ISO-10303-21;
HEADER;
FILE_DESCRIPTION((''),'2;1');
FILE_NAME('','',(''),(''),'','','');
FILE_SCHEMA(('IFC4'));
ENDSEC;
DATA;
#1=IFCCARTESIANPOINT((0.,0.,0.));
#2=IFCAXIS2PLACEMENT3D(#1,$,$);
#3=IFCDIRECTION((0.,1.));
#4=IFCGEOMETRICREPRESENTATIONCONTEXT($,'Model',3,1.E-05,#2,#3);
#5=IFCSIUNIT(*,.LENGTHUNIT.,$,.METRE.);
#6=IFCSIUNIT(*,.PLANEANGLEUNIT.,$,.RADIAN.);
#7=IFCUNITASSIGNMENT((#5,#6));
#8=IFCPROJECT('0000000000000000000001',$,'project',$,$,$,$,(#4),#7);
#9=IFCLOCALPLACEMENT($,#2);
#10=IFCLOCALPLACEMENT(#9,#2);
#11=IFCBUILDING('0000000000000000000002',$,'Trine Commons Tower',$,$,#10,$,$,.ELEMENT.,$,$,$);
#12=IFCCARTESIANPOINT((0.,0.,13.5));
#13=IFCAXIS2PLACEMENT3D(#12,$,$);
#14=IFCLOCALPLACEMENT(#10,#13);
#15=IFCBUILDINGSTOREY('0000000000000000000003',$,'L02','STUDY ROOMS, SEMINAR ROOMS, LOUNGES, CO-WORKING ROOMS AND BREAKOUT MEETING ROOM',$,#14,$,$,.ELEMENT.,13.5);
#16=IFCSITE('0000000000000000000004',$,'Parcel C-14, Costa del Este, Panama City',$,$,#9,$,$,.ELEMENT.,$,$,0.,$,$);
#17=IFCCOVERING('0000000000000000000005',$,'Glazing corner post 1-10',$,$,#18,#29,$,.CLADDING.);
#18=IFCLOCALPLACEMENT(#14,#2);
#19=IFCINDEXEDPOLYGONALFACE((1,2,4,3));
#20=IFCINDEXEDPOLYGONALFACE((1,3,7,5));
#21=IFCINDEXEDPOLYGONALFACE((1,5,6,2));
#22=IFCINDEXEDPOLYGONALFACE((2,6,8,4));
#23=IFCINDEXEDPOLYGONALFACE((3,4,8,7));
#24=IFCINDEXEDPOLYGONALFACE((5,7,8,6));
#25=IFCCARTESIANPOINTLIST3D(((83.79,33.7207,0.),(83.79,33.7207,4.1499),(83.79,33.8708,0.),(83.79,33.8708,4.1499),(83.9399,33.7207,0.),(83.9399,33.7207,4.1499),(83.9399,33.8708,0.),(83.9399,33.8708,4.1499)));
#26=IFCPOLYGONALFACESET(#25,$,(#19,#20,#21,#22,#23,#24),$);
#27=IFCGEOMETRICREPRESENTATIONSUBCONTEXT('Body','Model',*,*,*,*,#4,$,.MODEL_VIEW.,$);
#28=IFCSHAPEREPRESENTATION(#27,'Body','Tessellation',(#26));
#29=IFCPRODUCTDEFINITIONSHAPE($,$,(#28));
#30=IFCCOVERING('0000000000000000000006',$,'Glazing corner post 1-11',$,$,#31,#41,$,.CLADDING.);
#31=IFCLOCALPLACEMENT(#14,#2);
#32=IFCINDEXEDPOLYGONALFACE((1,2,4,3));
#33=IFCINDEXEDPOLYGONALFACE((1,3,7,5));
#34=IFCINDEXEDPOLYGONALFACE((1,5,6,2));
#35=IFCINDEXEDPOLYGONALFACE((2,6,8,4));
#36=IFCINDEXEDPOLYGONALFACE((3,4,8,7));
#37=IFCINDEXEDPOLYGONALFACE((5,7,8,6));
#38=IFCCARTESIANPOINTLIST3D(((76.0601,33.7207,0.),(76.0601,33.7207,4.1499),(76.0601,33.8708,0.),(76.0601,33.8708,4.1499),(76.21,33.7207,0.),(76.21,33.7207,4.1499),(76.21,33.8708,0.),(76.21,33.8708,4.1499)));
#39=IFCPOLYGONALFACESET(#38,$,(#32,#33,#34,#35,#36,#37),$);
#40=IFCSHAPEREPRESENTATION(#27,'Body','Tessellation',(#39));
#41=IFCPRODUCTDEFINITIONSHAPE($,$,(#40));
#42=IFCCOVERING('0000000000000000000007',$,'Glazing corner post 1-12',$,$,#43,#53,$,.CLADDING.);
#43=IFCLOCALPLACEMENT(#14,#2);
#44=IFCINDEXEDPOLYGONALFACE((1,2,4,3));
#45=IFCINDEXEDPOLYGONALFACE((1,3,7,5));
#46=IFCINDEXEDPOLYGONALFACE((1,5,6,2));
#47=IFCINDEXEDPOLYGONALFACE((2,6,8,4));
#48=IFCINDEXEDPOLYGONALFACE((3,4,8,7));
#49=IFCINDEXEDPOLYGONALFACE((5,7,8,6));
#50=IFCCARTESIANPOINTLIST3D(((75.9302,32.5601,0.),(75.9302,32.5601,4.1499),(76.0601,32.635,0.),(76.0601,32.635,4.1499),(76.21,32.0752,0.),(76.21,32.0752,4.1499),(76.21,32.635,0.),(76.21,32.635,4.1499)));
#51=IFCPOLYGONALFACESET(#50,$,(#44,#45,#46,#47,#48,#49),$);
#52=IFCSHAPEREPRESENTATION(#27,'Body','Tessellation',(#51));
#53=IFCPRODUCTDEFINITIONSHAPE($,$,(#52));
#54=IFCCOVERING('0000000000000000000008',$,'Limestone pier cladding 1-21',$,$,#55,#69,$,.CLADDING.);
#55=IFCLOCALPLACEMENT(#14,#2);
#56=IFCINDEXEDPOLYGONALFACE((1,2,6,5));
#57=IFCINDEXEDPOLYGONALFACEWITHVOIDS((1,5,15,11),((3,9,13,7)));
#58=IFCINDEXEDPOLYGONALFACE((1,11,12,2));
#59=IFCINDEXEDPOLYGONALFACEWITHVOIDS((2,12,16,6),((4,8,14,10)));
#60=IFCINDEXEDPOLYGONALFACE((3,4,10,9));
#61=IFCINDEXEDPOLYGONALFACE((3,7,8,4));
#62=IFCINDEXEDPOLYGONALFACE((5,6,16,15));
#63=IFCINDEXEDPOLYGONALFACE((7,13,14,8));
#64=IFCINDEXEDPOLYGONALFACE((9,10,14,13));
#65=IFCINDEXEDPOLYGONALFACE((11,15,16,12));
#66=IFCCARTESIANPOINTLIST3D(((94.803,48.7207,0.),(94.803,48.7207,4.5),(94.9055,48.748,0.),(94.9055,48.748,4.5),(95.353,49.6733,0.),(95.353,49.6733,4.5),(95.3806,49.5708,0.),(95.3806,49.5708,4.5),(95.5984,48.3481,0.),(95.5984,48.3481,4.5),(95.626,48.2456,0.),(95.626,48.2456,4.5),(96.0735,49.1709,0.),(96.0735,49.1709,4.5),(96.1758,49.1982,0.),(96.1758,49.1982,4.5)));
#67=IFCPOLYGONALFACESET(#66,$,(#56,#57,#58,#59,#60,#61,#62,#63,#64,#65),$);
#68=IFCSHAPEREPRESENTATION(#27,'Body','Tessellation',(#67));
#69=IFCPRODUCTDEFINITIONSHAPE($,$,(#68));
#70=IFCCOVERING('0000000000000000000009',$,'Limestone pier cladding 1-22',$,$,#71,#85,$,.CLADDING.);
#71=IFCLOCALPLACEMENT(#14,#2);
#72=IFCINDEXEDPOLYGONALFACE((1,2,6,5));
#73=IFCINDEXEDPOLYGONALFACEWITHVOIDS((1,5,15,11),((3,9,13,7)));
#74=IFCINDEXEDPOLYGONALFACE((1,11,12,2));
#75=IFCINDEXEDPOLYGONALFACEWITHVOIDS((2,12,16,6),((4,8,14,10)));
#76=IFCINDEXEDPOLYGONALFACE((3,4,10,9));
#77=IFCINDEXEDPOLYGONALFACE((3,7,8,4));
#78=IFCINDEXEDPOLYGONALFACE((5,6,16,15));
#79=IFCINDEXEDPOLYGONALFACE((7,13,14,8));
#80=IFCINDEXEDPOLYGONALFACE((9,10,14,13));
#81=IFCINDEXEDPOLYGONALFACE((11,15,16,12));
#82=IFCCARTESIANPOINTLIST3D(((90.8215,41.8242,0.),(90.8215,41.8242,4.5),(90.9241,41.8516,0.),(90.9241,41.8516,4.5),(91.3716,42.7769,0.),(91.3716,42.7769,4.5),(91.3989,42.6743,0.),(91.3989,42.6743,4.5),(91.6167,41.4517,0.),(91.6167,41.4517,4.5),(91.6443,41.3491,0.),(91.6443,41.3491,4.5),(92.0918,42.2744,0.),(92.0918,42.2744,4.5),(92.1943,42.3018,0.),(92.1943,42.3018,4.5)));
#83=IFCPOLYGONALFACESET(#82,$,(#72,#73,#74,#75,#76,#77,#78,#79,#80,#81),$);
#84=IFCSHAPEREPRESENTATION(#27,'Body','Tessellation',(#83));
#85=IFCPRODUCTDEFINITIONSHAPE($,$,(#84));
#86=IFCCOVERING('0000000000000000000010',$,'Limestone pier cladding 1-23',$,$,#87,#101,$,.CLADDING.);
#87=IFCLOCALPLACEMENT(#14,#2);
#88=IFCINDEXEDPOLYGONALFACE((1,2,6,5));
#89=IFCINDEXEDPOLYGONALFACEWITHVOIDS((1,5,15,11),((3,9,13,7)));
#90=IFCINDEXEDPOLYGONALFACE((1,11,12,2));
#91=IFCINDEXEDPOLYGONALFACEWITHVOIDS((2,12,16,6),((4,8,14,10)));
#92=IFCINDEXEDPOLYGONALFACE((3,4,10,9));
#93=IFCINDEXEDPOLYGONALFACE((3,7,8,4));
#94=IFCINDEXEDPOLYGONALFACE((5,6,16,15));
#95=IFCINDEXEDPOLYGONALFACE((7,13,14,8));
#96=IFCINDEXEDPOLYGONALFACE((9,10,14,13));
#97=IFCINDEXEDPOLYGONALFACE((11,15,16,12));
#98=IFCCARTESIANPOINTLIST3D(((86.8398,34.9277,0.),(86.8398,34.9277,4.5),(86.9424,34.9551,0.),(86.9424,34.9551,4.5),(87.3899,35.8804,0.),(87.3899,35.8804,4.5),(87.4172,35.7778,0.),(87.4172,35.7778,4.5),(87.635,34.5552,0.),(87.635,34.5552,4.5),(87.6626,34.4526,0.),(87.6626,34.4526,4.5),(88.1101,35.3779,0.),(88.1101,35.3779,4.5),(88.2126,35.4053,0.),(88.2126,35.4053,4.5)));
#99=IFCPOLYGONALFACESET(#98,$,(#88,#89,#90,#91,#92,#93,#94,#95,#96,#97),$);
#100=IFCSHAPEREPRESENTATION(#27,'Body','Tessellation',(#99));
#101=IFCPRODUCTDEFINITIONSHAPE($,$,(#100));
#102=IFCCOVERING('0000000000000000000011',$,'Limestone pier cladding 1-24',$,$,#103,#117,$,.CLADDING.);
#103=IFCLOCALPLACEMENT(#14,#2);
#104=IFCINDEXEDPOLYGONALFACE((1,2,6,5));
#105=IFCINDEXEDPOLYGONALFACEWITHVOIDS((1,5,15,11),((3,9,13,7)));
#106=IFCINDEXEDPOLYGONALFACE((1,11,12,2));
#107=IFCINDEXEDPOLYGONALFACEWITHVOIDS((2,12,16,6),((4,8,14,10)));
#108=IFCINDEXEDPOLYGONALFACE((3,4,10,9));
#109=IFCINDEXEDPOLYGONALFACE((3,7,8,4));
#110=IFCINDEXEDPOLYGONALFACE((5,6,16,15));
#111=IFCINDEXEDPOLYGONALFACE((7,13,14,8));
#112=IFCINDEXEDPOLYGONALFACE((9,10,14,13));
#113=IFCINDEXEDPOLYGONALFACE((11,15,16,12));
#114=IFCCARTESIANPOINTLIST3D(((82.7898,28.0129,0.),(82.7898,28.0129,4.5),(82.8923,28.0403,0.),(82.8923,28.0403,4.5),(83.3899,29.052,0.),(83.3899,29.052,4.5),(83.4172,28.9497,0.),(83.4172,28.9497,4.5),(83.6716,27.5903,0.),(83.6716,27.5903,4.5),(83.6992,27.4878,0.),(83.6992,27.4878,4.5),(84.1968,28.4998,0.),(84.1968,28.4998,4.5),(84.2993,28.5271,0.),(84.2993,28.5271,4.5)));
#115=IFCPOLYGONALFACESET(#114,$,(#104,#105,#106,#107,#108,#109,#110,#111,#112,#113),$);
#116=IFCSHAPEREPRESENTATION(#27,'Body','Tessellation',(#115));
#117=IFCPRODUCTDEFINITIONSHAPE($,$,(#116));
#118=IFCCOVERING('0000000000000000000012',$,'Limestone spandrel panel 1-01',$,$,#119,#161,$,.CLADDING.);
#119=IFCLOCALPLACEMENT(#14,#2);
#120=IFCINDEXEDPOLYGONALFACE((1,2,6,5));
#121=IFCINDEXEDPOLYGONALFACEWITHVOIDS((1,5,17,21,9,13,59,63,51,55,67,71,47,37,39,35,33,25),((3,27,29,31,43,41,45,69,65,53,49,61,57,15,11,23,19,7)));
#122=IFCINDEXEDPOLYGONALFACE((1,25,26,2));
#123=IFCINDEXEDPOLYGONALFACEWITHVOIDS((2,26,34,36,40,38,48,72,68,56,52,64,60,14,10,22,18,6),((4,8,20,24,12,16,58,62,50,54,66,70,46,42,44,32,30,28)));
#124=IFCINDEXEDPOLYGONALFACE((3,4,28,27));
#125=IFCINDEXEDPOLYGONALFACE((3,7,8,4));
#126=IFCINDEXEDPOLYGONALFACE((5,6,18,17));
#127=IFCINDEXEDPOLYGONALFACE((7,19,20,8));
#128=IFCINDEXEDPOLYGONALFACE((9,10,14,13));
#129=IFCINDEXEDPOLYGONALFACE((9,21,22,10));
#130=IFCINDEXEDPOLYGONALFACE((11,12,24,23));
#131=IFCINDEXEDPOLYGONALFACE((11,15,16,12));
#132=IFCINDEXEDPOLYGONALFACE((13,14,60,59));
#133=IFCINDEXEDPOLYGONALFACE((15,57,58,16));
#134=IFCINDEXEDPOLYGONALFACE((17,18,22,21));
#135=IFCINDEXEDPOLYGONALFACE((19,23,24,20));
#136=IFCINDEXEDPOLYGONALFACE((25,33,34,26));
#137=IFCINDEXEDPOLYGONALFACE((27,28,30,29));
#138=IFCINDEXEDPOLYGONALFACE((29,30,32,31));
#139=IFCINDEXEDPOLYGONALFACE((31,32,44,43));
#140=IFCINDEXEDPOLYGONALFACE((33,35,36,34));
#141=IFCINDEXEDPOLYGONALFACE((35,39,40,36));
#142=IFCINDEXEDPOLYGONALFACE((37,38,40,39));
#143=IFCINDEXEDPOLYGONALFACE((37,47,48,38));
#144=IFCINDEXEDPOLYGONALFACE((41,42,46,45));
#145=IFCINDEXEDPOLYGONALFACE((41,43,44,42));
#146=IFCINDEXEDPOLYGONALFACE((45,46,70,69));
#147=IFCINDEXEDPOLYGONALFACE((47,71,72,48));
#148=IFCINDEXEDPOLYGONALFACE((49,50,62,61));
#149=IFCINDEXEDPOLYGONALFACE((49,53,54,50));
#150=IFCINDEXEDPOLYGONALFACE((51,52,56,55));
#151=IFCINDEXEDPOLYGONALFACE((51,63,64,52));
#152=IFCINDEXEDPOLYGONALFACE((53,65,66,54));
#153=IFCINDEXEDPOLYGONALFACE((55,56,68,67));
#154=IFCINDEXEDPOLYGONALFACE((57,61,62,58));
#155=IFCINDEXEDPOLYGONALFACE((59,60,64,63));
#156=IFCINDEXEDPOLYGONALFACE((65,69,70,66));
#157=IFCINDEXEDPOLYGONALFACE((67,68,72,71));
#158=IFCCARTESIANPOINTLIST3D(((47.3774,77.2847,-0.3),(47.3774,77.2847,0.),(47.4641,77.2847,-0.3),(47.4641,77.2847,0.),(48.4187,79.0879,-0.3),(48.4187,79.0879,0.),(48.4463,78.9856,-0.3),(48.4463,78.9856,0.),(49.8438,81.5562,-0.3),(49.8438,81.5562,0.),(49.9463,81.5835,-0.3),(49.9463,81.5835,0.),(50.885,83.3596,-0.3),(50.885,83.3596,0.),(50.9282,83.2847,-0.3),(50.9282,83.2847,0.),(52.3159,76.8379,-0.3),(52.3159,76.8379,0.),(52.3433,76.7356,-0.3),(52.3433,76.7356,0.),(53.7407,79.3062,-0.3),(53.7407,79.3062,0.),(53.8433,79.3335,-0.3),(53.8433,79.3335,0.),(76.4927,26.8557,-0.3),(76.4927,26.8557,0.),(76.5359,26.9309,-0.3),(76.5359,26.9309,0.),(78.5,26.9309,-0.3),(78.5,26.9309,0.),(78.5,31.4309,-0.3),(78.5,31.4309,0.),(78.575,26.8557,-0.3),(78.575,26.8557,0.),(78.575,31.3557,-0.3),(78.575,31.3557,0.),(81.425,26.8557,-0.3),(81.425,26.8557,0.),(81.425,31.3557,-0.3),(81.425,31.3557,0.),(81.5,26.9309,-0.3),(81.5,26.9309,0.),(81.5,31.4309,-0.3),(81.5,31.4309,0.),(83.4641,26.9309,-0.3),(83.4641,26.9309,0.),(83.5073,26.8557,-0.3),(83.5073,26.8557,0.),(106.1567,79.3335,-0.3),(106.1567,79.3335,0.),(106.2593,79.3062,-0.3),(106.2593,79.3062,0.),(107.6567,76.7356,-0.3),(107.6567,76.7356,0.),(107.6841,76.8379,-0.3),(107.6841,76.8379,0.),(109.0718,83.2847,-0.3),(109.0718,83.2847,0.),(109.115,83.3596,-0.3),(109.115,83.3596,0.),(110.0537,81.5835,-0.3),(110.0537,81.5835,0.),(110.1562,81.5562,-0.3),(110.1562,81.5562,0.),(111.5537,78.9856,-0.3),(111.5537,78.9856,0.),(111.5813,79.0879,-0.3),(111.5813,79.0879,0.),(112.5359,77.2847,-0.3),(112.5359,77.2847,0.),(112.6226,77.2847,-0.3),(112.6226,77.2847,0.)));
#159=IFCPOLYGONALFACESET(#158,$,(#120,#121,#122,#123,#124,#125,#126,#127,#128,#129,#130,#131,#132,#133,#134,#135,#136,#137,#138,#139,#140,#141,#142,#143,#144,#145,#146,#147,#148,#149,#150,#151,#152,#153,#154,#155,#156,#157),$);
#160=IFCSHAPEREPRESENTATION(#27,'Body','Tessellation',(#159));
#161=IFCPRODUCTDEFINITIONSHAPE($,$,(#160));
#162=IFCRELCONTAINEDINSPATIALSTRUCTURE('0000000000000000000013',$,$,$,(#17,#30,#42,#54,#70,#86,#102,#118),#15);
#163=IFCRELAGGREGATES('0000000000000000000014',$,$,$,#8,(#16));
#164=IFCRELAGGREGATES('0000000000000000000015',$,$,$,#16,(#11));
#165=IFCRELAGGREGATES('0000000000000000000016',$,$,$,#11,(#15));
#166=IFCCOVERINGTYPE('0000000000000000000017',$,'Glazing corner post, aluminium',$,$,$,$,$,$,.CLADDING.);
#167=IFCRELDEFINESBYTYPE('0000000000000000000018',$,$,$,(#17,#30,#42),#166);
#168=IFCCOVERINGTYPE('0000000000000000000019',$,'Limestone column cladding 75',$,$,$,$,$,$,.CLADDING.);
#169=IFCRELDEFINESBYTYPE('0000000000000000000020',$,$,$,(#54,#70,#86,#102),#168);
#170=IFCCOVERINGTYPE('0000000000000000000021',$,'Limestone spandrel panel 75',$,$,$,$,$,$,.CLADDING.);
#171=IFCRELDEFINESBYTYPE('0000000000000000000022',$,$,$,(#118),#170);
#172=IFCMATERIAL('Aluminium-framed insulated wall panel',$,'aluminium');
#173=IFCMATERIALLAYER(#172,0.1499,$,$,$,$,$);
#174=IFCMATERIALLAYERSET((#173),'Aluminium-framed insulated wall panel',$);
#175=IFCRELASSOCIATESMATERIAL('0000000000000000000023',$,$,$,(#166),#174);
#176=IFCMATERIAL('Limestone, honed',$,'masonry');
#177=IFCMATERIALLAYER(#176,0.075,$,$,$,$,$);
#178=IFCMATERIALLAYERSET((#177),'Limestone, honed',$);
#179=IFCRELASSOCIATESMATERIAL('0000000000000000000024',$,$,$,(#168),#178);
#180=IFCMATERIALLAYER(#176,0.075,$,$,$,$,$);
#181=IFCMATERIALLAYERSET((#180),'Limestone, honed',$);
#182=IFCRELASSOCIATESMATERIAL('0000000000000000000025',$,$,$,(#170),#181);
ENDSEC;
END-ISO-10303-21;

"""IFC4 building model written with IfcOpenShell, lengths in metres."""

from ifc_helpers import new_model, si_unit, direction, frame, origin, place, context, subcontext, project, spatial, polyline, outline, extrude, material, layer, layer_set, type_object, element, save


model = new_model("IFC4")

# Units and contexts
model_context = context("Model", 3, precision=1e-05, world=origin(), true_north=direction((0.0, 1.0)))
body_context = subcontext(model_context, "Body", "Model", "MODEL_VIEW")
ifc_project = project(units=[si_unit("LENGTHUNIT", "METRE"), si_unit("PLANEANGLEUNIT", "RADIAN")], contexts=[model_context])

# Site, building, storey
site_placement = place(None, origin())
site = spatial("IfcSite", under=ifc_project, at=site_placement, Name="Parcel C-14, Costa del Este, Panama City", CompositionType="ELEMENT", RefElevation=0.0)
building_placement = place(site_placement, origin())
building = spatial("IfcBuilding", under=site, at=building_placement, Name="Trine Commons Tower", CompositionType="ELEMENT")
storey_placement = place(building_placement, frame((0.0, 0.0, 13.5)))
storey = spatial("IfcBuildingStorey", under=building, at=storey_placement, Name="L02", Description="STUDY ROOMS, SEMINAR ROOMS, LOUNGES, CO-WORKING ROOMS AND BREAKOUT MEETING ROOM", CompositionType="ELEMENT", Elevation=13.5)

# Coverings
ifc_material_1 = material(Name="Aluminium-framed insulated wall panel", Category="aluminium")
ifc_layer_1 = layer(ifc_material_1, 0.1499)
ifc_layer_set_1 = layer_set([ifc_layer_1], Name="Aluminium-framed insulated wall panel")
covering_type_1 = type_object("IfcCoveringType", Name="Glazing corner post, aluminium", PredefinedType="CLADDING", material=ifc_layer_set_1)
covering_1_placement = place(storey_placement, origin())
element("IfcCovering", 1, at=covering_1_placement, inside=storey, type_object=covering_type_1, Name="Glazing corner post 1-10", PredefinedType="CLADDING", context=body_context, shape_type="SweptSolid", body=[
    extrude(outline(polyline([(83.9399, 33.7207), (83.9399, 33.8708), (83.79, 33.8708), (83.79, 33.7207), (83.9399, 33.7207)])), origin(), (0.0, 0.0, 1.0), 4.1499),
])
covering_2_placement = place(storey_placement, origin())
element("IfcCovering", 2, at=covering_2_placement, inside=storey, type_object=covering_type_1, Name="Glazing corner post 1-11", PredefinedType="CLADDING", context=body_context, shape_type="SweptSolid", body=[
    extrude(outline(polyline([(76.21, 33.8708), (76.0601, 33.8708), (76.0601, 33.7207), (76.21, 33.7207), (76.21, 33.8708)])), origin(), (0.0, 0.0, 1.0), 4.1499),
])
covering_3_placement = place(storey_placement, origin())
element("IfcCovering", 3, at=covering_3_placement, inside=storey, type_object=covering_type_1, Name="Glazing corner post 1-12", PredefinedType="CLADDING", context=body_context, shape_type="SweptSolid", body=[
    extrude(outline(polyline([(75.9302, 32.5601), (76.21, 32.0752), (76.21, 32.635), (76.0601, 32.635), (75.9302, 32.5601)])), origin(), (0.0, 0.0, 1.0), 4.1499),
])
ifc_material_2 = material(Name="Limestone, honed", Category="masonry")
ifc_layer_2 = layer(ifc_material_2, 0.075)
ifc_layer_set_2 = layer_set([ifc_layer_2], Name="Limestone, honed")
covering_type_2 = type_object("IfcCoveringType", Name="Limestone column cladding 75", PredefinedType="CLADDING", material=ifc_layer_set_2)
covering_4_placement = place(storey_placement, origin())
element("IfcCovering", 4, at=covering_4_placement, inside=storey, type_object=covering_type_2, Name="Limestone pier cladding 1-21", PredefinedType="CLADDING", context=body_context, shape_type="SweptSolid", body=[
    extrude(outline(polyline([(96.1758, 49.1982), (95.353, 49.6733), (94.803, 48.7207), (95.626, 48.2456), (96.1758, 49.1982)]), holes=[polyline([(96.0735, 49.1709), (95.3806, 49.5708), (94.9055, 48.748), (95.5984, 48.3481), (96.0735, 49.1709)])]), origin(), (0.0, 0.0, 1.0), 4.5),
])
covering_5_placement = place(storey_placement, origin())
element("IfcCovering", 5, at=covering_5_placement, inside=storey, type_object=covering_type_2, Name="Limestone pier cladding 1-22", PredefinedType="CLADDING", context=body_context, shape_type="SweptSolid", body=[
    extrude(outline(polyline([(92.1943, 42.3018), (91.3716, 42.7769), (90.8215, 41.8242), (91.6443, 41.3491), (92.1943, 42.3018)]), holes=[polyline([(92.0918, 42.2744), (91.3989, 42.6743), (90.9241, 41.8516), (91.6167, 41.4517), (92.0918, 42.2744)])]), origin(), (0.0, 0.0, 1.0), 4.5),
])
covering_6_placement = place(storey_placement, origin())
element("IfcCovering", 6, at=covering_6_placement, inside=storey, type_object=covering_type_2, Name="Limestone pier cladding 1-23", PredefinedType="CLADDING", context=body_context, shape_type="SweptSolid", body=[
    extrude(outline(polyline([(88.2126, 35.4053), (87.3899, 35.8804), (86.8398, 34.9277), (87.6626, 34.4526), (88.2126, 35.4053)]), holes=[polyline([(88.1101, 35.3779), (87.4172, 35.7778), (86.9424, 34.9551), (87.635, 34.5552), (88.1101, 35.3779)])]), origin(), (0.0, 0.0, 1.0), 4.5),
])
covering_7_placement = place(storey_placement, origin())
element("IfcCovering", 7, at=covering_7_placement, inside=storey, type_object=covering_type_2, Name="Limestone pier cladding 1-24", PredefinedType="CLADDING", context=body_context, shape_type="SweptSolid", body=[
    extrude(outline(polyline([(84.2993, 28.5271), (83.3899, 29.052), (82.7898, 28.0129), (83.6992, 27.4878), (84.2993, 28.5271)]), holes=[polyline([(84.1968, 28.4998), (83.4172, 28.9497), (82.8923, 28.0403), (83.6716, 27.5903), (84.1968, 28.4998)])]), origin(), (0.0, 0.0, 1.0), 4.5),
])
ifc_layer_3 = layer(ifc_material_2, 0.075)
ifc_layer_set_3 = layer_set([ifc_layer_3], Name="Limestone, honed")
covering_type_3 = type_object("IfcCoveringType", Name="Limestone spandrel panel 75", PredefinedType="CLADDING", material=ifc_layer_set_3)
covering_8_placement = place(storey_placement, frame((0.0, 0.0, -0.3)))
element("IfcCovering", 8, at=covering_8_placement, inside=storey, type_object=covering_type_3, Name="Limestone spandrel panel 1-01", PredefinedType="CLADDING", context=body_context, shape_type="SweptSolid", body=[
    extrude(outline(polyline([(81.425, 31.3557), (81.425, 26.8557), (83.5073, 26.8557), (112.6226, 77.2847), (111.5813, 79.0879), (107.6841, 76.8379), (106.2593, 79.3062), (110.1562, 81.5562), (109.115, 83.3596), (50.885, 83.3596), (49.8438, 81.5562), (53.7407, 79.3062), (52.3159, 76.8379), (48.4187, 79.0879), (47.3774, 77.2847), (76.4927, 26.8557), (78.575, 26.8557), (78.575, 31.3557), (81.425, 31.3557)]), holes=[polyline([(111.5537, 78.9856), (112.5359, 77.2847), (83.4641, 26.9309), (81.5, 26.9309), (81.5, 31.4309), (78.5, 31.4309), (78.5, 26.9309), (76.5359, 26.9309), (47.4641, 77.2847), (48.4463, 78.9856), (52.3433, 76.7356), (53.8433, 79.3335), (49.9463, 81.5835), (50.9282, 83.2847), (109.0718, 83.2847), (110.0537, 81.5835), (106.1567, 79.3335), (107.6567, 76.7356), (111.5537, 78.9856)])]), origin(), (0.0, 0.0, 1.0), 0.3),
])

save(model, "model.ifc")
